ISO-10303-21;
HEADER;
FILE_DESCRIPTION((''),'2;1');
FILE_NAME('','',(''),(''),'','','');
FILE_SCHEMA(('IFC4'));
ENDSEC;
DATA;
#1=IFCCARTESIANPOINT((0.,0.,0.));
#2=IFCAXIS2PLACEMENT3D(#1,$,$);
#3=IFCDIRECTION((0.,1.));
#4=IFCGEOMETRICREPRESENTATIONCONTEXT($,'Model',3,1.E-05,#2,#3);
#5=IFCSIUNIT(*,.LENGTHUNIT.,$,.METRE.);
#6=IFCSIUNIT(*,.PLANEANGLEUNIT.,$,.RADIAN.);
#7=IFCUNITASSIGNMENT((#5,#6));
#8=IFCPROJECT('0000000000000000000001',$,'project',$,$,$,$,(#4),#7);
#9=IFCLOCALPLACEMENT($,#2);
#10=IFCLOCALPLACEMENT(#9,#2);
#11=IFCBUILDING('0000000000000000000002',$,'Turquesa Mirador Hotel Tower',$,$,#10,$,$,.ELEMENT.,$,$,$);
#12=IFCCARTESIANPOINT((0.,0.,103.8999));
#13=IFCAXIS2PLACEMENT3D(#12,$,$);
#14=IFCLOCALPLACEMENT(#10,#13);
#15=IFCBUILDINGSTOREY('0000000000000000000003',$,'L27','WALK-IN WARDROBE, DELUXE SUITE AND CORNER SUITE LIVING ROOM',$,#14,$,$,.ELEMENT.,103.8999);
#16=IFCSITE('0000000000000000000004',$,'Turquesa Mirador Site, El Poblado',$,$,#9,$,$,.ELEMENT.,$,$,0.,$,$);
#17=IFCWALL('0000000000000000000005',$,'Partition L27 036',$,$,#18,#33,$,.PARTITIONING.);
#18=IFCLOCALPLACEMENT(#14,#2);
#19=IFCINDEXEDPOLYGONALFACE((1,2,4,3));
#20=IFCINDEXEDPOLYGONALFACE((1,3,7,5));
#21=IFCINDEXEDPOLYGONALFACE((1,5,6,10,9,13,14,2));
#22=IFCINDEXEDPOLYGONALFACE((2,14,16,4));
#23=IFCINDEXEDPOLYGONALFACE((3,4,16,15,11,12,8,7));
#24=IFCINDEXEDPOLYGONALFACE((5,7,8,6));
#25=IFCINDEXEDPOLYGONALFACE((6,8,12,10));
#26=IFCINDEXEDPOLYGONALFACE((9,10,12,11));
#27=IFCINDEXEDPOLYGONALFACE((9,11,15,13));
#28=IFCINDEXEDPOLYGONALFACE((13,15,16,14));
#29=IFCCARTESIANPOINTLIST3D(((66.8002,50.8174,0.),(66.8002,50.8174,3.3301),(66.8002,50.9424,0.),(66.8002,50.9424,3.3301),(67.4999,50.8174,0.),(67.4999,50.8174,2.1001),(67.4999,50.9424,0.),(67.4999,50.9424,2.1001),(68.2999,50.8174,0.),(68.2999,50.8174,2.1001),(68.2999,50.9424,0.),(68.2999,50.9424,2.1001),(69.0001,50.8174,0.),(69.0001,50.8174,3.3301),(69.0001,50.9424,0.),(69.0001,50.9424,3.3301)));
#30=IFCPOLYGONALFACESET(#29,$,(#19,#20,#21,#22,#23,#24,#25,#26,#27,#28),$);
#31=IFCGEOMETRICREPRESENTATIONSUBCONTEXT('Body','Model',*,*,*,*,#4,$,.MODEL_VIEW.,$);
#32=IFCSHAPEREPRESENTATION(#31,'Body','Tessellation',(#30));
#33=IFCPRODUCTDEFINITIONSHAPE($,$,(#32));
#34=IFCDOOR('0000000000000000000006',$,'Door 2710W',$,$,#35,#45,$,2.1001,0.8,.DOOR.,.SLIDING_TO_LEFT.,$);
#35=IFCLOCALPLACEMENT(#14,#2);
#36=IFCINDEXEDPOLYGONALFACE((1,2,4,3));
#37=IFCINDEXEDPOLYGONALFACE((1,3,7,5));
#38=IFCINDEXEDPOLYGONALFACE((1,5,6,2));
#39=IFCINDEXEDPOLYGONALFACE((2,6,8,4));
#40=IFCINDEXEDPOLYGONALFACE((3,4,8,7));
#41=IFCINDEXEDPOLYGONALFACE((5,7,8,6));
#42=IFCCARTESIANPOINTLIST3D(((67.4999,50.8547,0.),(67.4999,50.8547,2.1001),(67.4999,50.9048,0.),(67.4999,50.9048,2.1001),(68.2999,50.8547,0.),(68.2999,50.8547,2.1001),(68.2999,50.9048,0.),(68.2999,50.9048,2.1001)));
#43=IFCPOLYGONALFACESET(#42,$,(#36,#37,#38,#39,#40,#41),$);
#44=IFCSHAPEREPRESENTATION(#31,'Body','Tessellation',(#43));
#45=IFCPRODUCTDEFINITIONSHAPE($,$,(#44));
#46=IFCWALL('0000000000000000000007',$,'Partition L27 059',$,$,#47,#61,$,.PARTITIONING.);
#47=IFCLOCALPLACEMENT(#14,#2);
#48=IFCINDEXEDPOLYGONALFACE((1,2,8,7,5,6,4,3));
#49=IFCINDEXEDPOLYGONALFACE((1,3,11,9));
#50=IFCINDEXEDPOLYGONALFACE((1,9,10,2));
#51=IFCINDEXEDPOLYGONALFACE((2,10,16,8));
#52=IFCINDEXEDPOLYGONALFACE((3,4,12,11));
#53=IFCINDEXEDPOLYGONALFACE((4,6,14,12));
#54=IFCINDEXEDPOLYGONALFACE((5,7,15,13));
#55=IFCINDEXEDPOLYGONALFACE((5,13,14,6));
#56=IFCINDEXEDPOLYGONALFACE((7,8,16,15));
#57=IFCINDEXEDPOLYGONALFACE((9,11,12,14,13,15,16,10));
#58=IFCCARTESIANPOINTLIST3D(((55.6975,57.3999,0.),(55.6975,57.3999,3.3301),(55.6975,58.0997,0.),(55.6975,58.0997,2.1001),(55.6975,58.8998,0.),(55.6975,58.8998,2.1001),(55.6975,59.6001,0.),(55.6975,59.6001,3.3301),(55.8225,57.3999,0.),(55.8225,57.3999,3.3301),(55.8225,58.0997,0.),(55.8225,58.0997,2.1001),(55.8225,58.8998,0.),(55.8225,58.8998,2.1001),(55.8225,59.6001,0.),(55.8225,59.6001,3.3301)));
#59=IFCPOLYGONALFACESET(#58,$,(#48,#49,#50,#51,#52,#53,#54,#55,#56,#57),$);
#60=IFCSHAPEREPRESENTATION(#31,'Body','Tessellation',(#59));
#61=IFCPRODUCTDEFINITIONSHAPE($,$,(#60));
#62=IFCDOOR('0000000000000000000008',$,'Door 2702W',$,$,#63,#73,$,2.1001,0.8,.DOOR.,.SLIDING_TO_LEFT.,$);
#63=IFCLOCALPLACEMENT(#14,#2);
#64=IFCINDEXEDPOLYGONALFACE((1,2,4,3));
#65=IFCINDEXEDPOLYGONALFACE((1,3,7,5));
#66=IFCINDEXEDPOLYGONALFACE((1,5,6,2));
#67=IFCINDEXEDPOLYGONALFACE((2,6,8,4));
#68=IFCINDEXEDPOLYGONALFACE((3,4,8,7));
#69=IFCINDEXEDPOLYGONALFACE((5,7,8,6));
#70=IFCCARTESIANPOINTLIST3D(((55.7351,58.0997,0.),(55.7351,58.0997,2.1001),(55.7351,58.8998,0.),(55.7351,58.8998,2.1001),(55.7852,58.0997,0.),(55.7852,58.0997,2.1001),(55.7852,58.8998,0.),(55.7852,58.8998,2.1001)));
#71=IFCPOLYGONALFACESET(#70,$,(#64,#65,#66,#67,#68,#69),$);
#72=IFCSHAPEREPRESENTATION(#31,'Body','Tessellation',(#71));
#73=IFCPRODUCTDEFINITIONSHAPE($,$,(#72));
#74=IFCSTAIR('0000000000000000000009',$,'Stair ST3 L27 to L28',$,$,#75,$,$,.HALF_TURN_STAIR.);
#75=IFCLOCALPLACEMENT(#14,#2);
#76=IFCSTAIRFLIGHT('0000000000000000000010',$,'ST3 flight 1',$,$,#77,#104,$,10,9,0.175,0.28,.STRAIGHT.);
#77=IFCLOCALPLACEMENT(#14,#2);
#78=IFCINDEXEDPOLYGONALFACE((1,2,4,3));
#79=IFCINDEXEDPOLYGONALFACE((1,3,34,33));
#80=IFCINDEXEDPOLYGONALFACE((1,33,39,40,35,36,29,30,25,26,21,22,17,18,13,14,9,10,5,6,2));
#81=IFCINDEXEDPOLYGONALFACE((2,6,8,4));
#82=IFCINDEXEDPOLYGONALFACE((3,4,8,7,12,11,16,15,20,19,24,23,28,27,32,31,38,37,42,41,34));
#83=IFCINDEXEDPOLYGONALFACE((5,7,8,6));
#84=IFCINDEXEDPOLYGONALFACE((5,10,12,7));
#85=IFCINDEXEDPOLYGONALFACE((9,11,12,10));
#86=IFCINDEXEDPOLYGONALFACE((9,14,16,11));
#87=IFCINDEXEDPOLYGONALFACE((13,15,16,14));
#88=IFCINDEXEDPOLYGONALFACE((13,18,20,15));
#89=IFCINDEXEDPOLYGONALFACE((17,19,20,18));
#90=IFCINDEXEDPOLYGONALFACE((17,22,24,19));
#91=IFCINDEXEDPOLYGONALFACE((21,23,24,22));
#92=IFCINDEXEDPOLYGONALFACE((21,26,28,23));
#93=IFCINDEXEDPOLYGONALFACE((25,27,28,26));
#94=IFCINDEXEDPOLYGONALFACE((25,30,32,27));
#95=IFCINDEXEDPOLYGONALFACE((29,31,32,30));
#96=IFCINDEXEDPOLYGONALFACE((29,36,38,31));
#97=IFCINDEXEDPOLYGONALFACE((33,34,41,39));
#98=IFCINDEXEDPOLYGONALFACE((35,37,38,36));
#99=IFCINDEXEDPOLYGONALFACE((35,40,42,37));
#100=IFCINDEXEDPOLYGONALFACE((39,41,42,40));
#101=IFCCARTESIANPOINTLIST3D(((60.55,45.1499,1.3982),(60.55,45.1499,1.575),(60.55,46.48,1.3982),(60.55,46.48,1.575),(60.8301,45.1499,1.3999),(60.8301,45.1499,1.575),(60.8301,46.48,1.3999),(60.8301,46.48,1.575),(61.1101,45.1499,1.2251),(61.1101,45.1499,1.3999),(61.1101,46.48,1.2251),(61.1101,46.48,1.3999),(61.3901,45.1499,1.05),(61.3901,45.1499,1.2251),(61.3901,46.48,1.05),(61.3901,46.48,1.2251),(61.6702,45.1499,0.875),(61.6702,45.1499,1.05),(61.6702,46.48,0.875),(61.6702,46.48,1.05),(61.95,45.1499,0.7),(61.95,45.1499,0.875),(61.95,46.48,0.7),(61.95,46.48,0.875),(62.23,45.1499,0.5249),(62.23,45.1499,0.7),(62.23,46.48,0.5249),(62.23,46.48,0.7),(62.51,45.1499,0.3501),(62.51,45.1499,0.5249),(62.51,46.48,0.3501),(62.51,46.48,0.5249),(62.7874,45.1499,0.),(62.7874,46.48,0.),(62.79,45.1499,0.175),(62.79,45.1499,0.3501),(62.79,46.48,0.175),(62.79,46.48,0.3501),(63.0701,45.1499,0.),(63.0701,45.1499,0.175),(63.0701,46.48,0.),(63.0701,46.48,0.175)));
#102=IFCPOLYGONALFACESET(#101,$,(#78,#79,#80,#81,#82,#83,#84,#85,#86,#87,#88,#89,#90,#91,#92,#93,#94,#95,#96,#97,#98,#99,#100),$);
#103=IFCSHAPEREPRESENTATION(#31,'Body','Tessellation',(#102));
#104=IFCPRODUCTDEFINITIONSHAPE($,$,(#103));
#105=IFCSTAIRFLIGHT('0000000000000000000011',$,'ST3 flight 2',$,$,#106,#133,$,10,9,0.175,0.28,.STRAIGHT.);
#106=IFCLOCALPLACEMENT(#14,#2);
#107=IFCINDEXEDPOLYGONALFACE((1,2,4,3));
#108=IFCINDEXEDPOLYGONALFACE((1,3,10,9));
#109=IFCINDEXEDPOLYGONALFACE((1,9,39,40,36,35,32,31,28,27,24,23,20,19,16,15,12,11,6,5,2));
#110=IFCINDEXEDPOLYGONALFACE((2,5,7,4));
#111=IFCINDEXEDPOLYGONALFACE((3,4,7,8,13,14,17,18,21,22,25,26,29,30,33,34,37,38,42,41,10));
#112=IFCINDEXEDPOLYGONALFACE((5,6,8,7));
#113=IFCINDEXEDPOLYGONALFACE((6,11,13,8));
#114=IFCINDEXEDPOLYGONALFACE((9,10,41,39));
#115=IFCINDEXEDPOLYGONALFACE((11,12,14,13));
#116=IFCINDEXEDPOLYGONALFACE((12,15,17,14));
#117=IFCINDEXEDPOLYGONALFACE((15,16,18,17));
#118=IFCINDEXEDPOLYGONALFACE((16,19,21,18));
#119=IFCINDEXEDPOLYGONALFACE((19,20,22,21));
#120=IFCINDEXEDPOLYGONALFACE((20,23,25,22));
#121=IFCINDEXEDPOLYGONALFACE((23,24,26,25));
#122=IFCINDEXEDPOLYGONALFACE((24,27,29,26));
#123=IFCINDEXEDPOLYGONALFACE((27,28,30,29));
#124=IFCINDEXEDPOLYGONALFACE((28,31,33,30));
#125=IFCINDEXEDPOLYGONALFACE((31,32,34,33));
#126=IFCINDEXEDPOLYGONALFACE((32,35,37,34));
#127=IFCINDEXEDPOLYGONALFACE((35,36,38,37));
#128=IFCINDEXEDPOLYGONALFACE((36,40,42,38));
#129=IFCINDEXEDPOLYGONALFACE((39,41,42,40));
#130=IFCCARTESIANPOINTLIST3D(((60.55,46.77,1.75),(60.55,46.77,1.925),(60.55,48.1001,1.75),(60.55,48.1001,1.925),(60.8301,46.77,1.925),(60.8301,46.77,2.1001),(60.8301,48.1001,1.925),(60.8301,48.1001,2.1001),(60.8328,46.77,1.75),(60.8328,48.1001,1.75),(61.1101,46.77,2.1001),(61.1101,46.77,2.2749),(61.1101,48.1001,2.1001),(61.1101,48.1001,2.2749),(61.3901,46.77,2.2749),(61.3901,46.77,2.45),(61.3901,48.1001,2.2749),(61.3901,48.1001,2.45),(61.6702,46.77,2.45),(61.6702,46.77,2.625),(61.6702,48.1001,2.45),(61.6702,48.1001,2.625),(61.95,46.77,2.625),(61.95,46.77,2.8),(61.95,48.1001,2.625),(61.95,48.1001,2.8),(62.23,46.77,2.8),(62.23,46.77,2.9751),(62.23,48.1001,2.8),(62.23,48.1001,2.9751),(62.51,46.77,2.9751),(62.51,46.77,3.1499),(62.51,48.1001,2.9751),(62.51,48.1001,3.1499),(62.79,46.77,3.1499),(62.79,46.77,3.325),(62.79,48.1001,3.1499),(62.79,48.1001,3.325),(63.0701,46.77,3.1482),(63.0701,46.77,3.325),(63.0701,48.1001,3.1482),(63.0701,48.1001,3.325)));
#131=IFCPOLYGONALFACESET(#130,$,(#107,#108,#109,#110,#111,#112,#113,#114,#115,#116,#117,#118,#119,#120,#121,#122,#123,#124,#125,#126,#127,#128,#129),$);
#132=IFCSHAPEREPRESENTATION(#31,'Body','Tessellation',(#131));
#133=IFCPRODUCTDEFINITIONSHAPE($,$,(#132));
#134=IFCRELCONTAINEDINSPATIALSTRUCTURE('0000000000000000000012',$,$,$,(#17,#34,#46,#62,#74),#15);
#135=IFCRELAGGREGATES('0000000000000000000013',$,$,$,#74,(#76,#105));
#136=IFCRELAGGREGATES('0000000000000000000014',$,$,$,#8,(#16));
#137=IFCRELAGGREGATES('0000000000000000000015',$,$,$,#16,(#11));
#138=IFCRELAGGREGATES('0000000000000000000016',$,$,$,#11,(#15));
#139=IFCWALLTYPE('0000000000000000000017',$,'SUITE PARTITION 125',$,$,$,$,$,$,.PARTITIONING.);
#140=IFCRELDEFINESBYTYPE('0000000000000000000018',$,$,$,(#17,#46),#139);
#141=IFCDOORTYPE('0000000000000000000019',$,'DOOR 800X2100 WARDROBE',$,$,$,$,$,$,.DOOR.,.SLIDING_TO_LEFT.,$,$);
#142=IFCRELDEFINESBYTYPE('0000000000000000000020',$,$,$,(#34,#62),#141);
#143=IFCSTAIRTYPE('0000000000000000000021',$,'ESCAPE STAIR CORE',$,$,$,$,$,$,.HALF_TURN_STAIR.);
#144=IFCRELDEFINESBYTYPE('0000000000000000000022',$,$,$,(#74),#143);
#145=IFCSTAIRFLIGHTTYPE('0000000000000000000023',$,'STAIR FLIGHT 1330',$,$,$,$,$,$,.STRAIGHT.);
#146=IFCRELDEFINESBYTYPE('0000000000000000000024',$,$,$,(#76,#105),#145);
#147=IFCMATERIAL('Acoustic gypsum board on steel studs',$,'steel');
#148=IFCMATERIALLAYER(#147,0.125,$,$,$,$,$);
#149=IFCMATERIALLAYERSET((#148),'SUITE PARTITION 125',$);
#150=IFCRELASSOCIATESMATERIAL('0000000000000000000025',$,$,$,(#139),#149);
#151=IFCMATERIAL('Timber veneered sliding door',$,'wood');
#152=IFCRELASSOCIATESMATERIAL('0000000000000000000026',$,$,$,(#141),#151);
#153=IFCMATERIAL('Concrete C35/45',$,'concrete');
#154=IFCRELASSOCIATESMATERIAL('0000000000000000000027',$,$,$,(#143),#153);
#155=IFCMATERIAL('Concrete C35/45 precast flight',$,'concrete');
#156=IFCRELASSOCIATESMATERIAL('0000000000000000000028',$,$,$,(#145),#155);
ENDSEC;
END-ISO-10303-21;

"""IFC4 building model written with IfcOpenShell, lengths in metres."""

from ifc_helpers import new_model, si_unit, direction, frame, frame_2d, origin, place, context, subcontext, project, spatial, polyline, rectangle, outline, extrude, material, layer, layer_set, type_object, element, fill, aggregate, save


model = new_model("IFC4")

# Units and contexts
model_context = context("Model", 3, precision=1e-05, world=origin(), true_north=direction((0.0, 1.0)))
body_context = subcontext(model_context, "Body", "Model", "MODEL_VIEW")
ifc_project = project(units=[si_unit("LENGTHUNIT", "METRE"), si_unit("PLANEANGLEUNIT", "RADIAN")], contexts=[model_context])

# Site, building, storey
site_placement = place(None, origin())
site = spatial("IfcSite", under=ifc_project, at=site_placement, Name="Turquesa Mirador Site, El Poblado", CompositionType="ELEMENT", RefElevation=0.0)
building_placement = place(site_placement, origin())
building = spatial("IfcBuilding", under=site, at=building_placement, Name="Turquesa Mirador Hotel Tower", CompositionType="ELEMENT")
storey_placement = place(building_placement, frame((0.0, 0.0, 103.8999)))
storey = spatial("IfcBuildingStorey", under=building, at=storey_placement, Name="L27", Description="WALK-IN WARDROBE, DELUXE SUITE AND CORNER SUITE LIVING ROOM", CompositionType="ELEMENT", Elevation=103.8999)

# Walls, openings, doors
ifc_material_1 = material(Name="Acoustic gypsum board on steel studs", Category="steel")
ifc_layer_1 = layer(ifc_material_1, 0.125)
ifc_layer_set_1 = layer_set([ifc_layer_1], Name="SUITE PARTITION 125")
wall_type_1 = type_object("IfcWallType", Name="SUITE PARTITION 125", PredefinedType="PARTITIONING", material=ifc_layer_set_1)
wall_1_placement = place(storey_placement, frame((66.8, 50.8799, 0.0), z_axis=(0.0, 0.0, 1.0), x_axis=(1.0, 0.0, 0.0)))
wall_1 = element("IfcWall", 1, at=wall_1_placement, inside=storey, type_object=wall_type_1, Name="Partition L27 036", PredefinedType="PARTITIONING", context=body_context, shape_type="SweptSolid", body=[
    extrude(rectangle(XDim=2.2, YDim=0.125, at=frame_2d((1.1001, 0.0))), origin(), (0.0, 0.0, 1.0), 3.3301),
])
opening_1_placement = place(wall_1_placement, frame((0.7, 0.0, 0.0)))
opening_1 = element("IfcOpeningElement", 2, at=opening_1_placement, cuts=wall_1, PredefinedType="OPENING", context=body_context, shape_type="SweptSolid", body=[
    extrude(rectangle(XDim=0.8, YDim=2.1001, at=frame_2d((0.3999, 1.05))), frame((0.0, 0.0725, 0.0), z_axis=(0.0, -1.0, 0.0), x_axis=(1.0, 0.0, 0.0)), (0.0, 0.0, 1.0), 0.145),
])
ifc_material_2 = material(Name="Timber veneered sliding door", Category="wood")
door_type_1 = type_object("IfcDoorType", Name="DOOR 800X2100 WARDROBE", OperationType="SLIDING_TO_LEFT", PredefinedType="DOOR", material=ifc_material_2)
door_1_placement = place(opening_1_placement, origin())
door_1 = element("IfcDoor", 3, at=door_1_placement, inside=storey, type_object=door_type_1, Name="Door 2710W", OperationType="SLIDING_TO_LEFT", OverallHeight=2.1001, OverallWidth=0.8, PredefinedType="DOOR", context=body_context, shape_type="SweptSolid", body=[
    extrude(rectangle(XDim=0.8, YDim=2.1001, at=frame_2d((0.3999, 1.05))), frame((0.0, 0.0249, 0.0), z_axis=(0.0, -1.0, 0.0), x_axis=(1.0, 0.0, 0.0)), (0.0, 0.0, 1.0), 0.05),
])
fill(opening_1, door_1)
wall_2_placement = place(storey_placement, frame((55.76, 57.3999, 0.0), z_axis=(0.0, 0.0, 1.0), x_axis=(0.0, 1.0, 0.0)))
wall_2 = element("IfcWall", 4, at=wall_2_placement, inside=storey, type_object=wall_type_1, Name="Partition L27 059", PredefinedType="PARTITIONING", context=body_context, shape_type="SweptSolid", body=[
    extrude(rectangle(XDim=2.2002, YDim=0.125, at=frame_2d((1.1001, 0.0))), origin(), (0.0, 0.0, 1.0), 3.3301),
])
opening_2_placement = place(wall_2_placement, frame((0.7, 0.0, 0.0)))
opening_2 = element("IfcOpeningElement", 5, at=opening_2_placement, cuts=wall_2, PredefinedType="OPENING", context=body_context, shape_type="SweptSolid", body=[
    extrude(rectangle(XDim=0.8, YDim=2.1001, at=frame_2d((0.3999, 1.05))), frame((0.0, 0.0725, 0.0), z_axis=(0.0, -1.0, 0.0), x_axis=(1.0, 0.0, 0.0)), (0.0, 0.0, 1.0), 0.145),
])
door_2_placement = place(opening_2_placement, origin())
door_2 = element("IfcDoor", 6, at=door_2_placement, inside=storey, type_object=door_type_1, Name="Door 2702W", OperationType="SLIDING_TO_LEFT", OverallHeight=2.1001, OverallWidth=0.8, PredefinedType="DOOR", context=body_context, shape_type="SweptSolid", body=[
    extrude(rectangle(XDim=0.8, YDim=2.1001, at=frame_2d((0.3999, 1.05))), frame((0.0, 0.0249, 0.0), z_axis=(0.0, -1.0, 0.0), x_axis=(1.0, 0.0, 0.0)), (0.0, 0.0, 1.0), 0.05),
])
fill(opening_2, door_2)

# Stair, stair flights
ifc_material_3 = material(Name="Concrete C35/45", Category="concrete")
stair_type = type_object("IfcStairType", Name="ESCAPE STAIR CORE", PredefinedType="HALF_TURN_STAIR", material=ifc_material_3)
stair_placement = place(storey_placement, origin())
stair = element("IfcStair", 7, at=stair_placement, inside=storey, type_object=stair_type, Name="Stair ST3 L27 to L28", PredefinedType="HALF_TURN_STAIR")
ifc_material_4 = material(Name="Concrete C35/45 precast flight", Category="concrete")
stair_flight_type = type_object("IfcStairFlightType", Name="STAIR FLIGHT 1330", PredefinedType="STRAIGHT", material=ifc_material_4)
stair_flight_1_placement = place(storey_placement, frame((63.0701, 45.8149, 0.0), z_axis=(0.0, 0.0, 1.0), x_axis=(-1.0, 0.0, 0.0)))
stair_flight_1 = element("IfcStairFlight", 8, at=stair_flight_1_placement, type_object=stair_flight_type, Name="ST3 flight 1", NumberOfRisers=10, NumberOfTreads=9, PredefinedType="STRAIGHT", RiserHeight=0.175, TreadLength=0.28, context=body_context, shape_type="SweptSolid", body=[
    extrude(outline(polyline([(0.0, 0.0), (0.0, 0.175), (0.28, 0.175), (0.28, 0.3501), (0.5601, 0.3501), (0.5601, 0.5249), (0.8401, 0.5249), (0.8401, 0.7), (1.1201, 0.7), (1.1201, 0.875), (1.3999, 0.875), (1.3999, 1.05), (1.6799, 1.05), (1.6799, 1.2251), (1.96, 1.2251), (1.96, 1.3999), (2.24, 1.3999), (2.24, 1.575), (2.52, 1.575), (2.52, 1.75), (2.52, 1.3982), (0.2827, 0.0), (0.0, 0.0)])), frame((0.0, 0.665, 0.0), z_axis=(0.0, -1.0, 0.0), x_axis=(1.0, 0.0, 0.0)), (0.0, 0.0, 1.0), 1.3301),
])
stair_flight_2_placement = place(storey_placement, frame((60.55, 47.4351, 1.75), z_axis=(0.0, 0.0, 1.0), x_axis=(1.0, 0.0, 0.0)))
stair_flight_2 = element("IfcStairFlight", 9, at=stair_flight_2_placement, type_object=stair_flight_type, Name="ST3 flight 2", NumberOfRisers=10, NumberOfTreads=9, PredefinedType="STRAIGHT", RiserHeight=0.175, TreadLength=0.28, context=body_context, shape_type="SweptSolid", body=[
    extrude(outline(polyline([(0.0, 0.0), (0.0, 0.175), (0.28, 0.175), (0.28, 0.3501), (0.5601, 0.3501), (0.5601, 0.5249), (0.8401, 0.5249), (0.8401, 0.7), (1.1201, 0.7), (1.1201, 0.875), (1.3999, 0.875), (1.3999, 1.05), (1.6799, 1.05), (1.6799, 1.2251), (1.96, 1.2251), (1.96, 1.3999), (2.24, 1.3999), (2.24, 1.575), (2.52, 1.575), (2.52, 1.75), (2.52, 1.3982), (0.2827, 0.0), (0.0, 0.0)])), frame((0.0, 0.665, 0.0), z_axis=(0.0, -1.0, 0.0), x_axis=(1.0, 0.0, 0.0)), (0.0, 0.0, 1.0), 1.3301),
])
aggregate(stair, [stair_flight_1, stair_flight_2])

save(model, "model.ifc")
